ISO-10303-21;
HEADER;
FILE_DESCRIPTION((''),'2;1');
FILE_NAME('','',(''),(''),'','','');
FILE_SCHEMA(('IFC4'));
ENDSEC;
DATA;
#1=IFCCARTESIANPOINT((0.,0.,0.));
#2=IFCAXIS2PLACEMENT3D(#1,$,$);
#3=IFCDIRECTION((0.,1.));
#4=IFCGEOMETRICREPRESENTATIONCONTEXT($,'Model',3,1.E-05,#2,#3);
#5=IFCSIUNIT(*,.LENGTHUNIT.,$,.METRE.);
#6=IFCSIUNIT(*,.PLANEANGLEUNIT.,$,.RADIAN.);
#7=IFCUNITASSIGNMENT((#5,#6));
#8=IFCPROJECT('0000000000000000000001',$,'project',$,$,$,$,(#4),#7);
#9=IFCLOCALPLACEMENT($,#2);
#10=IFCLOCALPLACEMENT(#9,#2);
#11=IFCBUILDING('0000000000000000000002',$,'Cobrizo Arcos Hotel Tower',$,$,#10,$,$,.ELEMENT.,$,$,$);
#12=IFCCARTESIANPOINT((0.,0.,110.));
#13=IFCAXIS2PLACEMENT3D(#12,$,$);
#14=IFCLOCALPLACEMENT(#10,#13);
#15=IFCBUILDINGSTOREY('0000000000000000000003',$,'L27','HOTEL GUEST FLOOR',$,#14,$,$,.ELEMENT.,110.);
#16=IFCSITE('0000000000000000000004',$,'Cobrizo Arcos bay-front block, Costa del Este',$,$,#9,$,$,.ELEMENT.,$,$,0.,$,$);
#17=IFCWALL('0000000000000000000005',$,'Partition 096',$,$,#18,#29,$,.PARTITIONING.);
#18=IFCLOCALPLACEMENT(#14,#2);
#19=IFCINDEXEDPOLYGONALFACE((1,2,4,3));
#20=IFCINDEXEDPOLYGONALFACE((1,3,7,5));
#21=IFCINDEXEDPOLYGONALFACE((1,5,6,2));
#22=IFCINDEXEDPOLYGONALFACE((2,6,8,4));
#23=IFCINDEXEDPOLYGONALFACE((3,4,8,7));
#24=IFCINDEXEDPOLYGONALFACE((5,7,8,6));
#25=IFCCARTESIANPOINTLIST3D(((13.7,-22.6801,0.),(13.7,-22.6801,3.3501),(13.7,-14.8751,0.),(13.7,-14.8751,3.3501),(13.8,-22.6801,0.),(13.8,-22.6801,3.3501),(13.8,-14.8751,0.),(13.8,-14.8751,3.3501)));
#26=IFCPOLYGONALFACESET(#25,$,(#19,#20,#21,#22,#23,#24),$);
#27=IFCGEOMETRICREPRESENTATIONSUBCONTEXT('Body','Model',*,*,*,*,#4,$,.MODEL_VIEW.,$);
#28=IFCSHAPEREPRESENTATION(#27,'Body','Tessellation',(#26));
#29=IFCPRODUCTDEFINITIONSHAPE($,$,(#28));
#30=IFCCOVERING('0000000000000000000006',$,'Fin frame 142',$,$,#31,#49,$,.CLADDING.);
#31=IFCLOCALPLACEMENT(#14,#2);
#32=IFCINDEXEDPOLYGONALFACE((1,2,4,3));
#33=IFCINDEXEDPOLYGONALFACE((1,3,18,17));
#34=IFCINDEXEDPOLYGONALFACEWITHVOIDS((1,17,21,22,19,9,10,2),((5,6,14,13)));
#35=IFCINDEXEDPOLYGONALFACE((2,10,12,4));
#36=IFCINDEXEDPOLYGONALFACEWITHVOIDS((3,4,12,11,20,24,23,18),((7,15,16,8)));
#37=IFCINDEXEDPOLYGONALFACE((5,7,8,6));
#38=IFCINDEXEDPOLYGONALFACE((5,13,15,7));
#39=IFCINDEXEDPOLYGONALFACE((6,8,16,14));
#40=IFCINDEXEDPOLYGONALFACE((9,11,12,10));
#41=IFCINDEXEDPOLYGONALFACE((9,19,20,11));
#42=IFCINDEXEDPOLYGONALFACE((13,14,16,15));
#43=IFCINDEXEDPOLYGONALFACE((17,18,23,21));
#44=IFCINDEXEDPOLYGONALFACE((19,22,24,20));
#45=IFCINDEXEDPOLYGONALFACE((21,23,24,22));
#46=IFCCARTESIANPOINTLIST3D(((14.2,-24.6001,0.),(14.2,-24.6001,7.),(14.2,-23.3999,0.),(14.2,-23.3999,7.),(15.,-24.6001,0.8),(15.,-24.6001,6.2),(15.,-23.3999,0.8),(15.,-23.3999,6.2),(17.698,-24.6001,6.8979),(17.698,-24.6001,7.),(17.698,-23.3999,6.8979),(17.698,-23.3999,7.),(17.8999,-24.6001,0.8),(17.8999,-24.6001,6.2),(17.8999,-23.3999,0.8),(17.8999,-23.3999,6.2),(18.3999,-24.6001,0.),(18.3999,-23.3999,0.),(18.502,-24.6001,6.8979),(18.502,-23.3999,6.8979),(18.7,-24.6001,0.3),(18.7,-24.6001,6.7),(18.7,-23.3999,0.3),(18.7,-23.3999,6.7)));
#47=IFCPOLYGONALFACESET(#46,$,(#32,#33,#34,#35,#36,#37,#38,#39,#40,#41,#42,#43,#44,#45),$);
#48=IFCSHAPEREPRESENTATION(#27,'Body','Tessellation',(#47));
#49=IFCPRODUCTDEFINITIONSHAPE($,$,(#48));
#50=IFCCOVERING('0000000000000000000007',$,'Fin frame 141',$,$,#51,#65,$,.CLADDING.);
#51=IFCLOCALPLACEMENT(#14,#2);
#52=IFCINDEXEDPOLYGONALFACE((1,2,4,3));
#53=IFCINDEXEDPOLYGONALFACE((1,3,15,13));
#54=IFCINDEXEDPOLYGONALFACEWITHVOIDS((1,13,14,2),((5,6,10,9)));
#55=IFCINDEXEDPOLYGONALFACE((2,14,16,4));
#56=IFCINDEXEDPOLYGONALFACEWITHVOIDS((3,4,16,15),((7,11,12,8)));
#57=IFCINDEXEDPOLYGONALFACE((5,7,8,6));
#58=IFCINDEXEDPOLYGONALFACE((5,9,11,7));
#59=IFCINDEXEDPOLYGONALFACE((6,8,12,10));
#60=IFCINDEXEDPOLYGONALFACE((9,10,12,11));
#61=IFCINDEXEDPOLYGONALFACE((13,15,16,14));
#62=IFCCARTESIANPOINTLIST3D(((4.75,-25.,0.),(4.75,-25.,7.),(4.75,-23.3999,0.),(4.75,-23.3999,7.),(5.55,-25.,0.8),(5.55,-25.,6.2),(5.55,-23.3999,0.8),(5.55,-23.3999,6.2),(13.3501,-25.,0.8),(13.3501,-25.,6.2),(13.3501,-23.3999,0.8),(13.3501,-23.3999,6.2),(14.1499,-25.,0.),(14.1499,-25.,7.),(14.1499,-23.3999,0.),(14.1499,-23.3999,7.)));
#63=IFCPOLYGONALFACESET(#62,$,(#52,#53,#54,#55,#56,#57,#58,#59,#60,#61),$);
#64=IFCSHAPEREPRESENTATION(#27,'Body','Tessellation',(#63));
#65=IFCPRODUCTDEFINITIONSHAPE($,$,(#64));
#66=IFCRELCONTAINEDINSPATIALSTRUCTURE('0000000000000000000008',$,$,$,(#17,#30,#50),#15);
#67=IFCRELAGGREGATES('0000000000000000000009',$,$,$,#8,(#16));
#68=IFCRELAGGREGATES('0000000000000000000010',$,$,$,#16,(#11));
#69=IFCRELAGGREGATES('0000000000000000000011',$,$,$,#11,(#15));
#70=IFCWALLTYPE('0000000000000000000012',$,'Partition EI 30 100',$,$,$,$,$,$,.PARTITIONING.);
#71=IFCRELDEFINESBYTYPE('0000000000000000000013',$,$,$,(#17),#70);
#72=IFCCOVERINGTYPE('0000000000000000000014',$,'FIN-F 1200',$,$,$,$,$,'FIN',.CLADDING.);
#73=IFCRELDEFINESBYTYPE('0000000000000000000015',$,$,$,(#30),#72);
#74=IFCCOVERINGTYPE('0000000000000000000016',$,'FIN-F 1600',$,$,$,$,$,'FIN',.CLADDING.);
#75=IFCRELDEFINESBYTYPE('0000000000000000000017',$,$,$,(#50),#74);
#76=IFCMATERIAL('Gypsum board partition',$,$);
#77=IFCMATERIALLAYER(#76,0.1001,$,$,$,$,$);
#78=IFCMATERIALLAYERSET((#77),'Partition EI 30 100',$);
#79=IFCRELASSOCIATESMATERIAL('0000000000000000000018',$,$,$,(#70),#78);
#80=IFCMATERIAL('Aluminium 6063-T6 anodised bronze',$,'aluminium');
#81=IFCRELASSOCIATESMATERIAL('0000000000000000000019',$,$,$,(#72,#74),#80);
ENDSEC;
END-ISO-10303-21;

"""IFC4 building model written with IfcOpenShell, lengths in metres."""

from ifc_helpers import new_model, si_unit, direction, frame, frame_2d, origin, place, context, subcontext, project, spatial, polyline, rectangle, outline, extrude, material, layer, layer_set, type_object, element, save


model = new_model("IFC4")

# Units and contexts
model_context = context("Model", 3, precision=1e-05, world=origin(), true_north=direction((0.0, 1.0)))
body_context = subcontext(model_context, "Body", "Model", "MODEL_VIEW")
ifc_project = project(units=[si_unit("LENGTHUNIT", "METRE"), si_unit("PLANEANGLEUNIT", "RADIAN")], contexts=[model_context])

# Site, building, storey
site_placement = place(None, origin())
site = spatial("IfcSite", under=ifc_project, at=site_placement, Name="Cobrizo Arcos bay-front block, Costa del Este", CompositionType="ELEMENT", RefElevation=0.0)
building_placement = place(site_placement, origin())
building = spatial("IfcBuilding", under=site, at=building_placement, Name="Cobrizo Arcos Hotel Tower", CompositionType="ELEMENT")
storey_placement = place(building_placement, frame((0.0, 0.0, 110.0)))
storey = spatial("IfcBuildingStorey", under=building, at=storey_placement, Name="L27", Description="HOTEL GUEST FLOOR", CompositionType="ELEMENT", Elevation=110.0)

# Shared definitions
ifc_material_1 = material(Name="Aluminium 6063-T6 anodised bronze", Category="aluminium")

# Shared definitions
ifc_material_2 = material(Name="Gypsum board partition")
ifc_layer_1 = layer(ifc_material_2, 0.1001)
ifc_layer_set_1 = layer_set([ifc_layer_1], Name="Partition EI 30 100")
wall_type = type_object("IfcWallType", Name="Partition EI 30 100", PredefinedType="PARTITIONING", material=ifc_layer_set_1)

# Wall
for number, where, z_axis, x_axis, name in (
    (1, (13.75, -22.6799, 0.0), (0.0, 0.0, 1.0), (0.0, 1.0, 0.0), "Partition 096"),
):
    element("IfcWall", number, at=place(storey_placement, frame(where, z_axis=z_axis, x_axis=x_axis)), inside=storey, type_object=wall_type, Name=name, PredefinedType="PARTITIONING", context=body_context, shape_type="SweptSolid", body=[
        extrude(rectangle(XDim=7.8049, YDim=0.1001, at=frame_2d((3.9023, 0.0))), origin(), (0.0, 0.0, 1.0), 3.3501),
    ])

# Coverings
covering_type_1 = type_object("IfcCoveringType", Name="FIN-F 1200", ElementType="FIN", PredefinedType="CLADDING", material=ifc_material_1)
covering_1_placement = place(storey_placement, frame((14.2, -23.3999, 0.0), z_axis=(0.0, -1.0, 0.0), x_axis=(1.0, 0.0, 0.0)))
element("IfcCovering", 2, at=covering_1_placement, inside=storey, type_object=covering_type_1, Name="Fin frame 142", PredefinedType="CLADDING", context=body_context, shape_type="SweptSolid", body=[
    extrude(outline(polyline([(4.5, 6.7), (4.302, 6.8979), (3.498, 6.8979), (3.498, 7.0), (0.0, 7.0), (0.0, 0.0), (4.2, 0.0), (4.5, 0.3), (4.5, 6.7)]), holes=[polyline([(3.7, 0.8), (0.8, 0.8), (0.8, 6.2), (3.7, 6.2), (3.7, 0.8)])]), origin(), (0.0, 0.0, 1.0), 1.2002),
])
covering_type_2 = type_object("IfcCoveringType", Name="FIN-F 1600", ElementType="FIN", PredefinedType="CLADDING", material=ifc_material_1)
covering_2_placement = place(storey_placement, frame((4.75, -23.3999, 0.0), z_axis=(0.0, -1.0, 0.0), x_axis=(1.0, 0.0, 0.0)))
element("IfcCovering", 3, at=covering_2_placement, inside=storey, type_object=covering_type_2, Name="Fin frame 141", PredefinedType="CLADDING", context=body_context, shape_type="SweptSolid", body=[
    extrude(outline(polyline([(0.0, 7.0), (0.0, 0.0), (9.3999, 0.0), (9.3999, 7.0), (0.0, 7.0)]), holes=[polyline([(8.6001, 0.8), (0.8, 0.8), (0.8, 6.2), (8.6001, 6.2), (8.6001, 0.8)])]), origin(), (0.0, 0.0, 1.0), 1.6001),
])

save(model, "model.ifc")
